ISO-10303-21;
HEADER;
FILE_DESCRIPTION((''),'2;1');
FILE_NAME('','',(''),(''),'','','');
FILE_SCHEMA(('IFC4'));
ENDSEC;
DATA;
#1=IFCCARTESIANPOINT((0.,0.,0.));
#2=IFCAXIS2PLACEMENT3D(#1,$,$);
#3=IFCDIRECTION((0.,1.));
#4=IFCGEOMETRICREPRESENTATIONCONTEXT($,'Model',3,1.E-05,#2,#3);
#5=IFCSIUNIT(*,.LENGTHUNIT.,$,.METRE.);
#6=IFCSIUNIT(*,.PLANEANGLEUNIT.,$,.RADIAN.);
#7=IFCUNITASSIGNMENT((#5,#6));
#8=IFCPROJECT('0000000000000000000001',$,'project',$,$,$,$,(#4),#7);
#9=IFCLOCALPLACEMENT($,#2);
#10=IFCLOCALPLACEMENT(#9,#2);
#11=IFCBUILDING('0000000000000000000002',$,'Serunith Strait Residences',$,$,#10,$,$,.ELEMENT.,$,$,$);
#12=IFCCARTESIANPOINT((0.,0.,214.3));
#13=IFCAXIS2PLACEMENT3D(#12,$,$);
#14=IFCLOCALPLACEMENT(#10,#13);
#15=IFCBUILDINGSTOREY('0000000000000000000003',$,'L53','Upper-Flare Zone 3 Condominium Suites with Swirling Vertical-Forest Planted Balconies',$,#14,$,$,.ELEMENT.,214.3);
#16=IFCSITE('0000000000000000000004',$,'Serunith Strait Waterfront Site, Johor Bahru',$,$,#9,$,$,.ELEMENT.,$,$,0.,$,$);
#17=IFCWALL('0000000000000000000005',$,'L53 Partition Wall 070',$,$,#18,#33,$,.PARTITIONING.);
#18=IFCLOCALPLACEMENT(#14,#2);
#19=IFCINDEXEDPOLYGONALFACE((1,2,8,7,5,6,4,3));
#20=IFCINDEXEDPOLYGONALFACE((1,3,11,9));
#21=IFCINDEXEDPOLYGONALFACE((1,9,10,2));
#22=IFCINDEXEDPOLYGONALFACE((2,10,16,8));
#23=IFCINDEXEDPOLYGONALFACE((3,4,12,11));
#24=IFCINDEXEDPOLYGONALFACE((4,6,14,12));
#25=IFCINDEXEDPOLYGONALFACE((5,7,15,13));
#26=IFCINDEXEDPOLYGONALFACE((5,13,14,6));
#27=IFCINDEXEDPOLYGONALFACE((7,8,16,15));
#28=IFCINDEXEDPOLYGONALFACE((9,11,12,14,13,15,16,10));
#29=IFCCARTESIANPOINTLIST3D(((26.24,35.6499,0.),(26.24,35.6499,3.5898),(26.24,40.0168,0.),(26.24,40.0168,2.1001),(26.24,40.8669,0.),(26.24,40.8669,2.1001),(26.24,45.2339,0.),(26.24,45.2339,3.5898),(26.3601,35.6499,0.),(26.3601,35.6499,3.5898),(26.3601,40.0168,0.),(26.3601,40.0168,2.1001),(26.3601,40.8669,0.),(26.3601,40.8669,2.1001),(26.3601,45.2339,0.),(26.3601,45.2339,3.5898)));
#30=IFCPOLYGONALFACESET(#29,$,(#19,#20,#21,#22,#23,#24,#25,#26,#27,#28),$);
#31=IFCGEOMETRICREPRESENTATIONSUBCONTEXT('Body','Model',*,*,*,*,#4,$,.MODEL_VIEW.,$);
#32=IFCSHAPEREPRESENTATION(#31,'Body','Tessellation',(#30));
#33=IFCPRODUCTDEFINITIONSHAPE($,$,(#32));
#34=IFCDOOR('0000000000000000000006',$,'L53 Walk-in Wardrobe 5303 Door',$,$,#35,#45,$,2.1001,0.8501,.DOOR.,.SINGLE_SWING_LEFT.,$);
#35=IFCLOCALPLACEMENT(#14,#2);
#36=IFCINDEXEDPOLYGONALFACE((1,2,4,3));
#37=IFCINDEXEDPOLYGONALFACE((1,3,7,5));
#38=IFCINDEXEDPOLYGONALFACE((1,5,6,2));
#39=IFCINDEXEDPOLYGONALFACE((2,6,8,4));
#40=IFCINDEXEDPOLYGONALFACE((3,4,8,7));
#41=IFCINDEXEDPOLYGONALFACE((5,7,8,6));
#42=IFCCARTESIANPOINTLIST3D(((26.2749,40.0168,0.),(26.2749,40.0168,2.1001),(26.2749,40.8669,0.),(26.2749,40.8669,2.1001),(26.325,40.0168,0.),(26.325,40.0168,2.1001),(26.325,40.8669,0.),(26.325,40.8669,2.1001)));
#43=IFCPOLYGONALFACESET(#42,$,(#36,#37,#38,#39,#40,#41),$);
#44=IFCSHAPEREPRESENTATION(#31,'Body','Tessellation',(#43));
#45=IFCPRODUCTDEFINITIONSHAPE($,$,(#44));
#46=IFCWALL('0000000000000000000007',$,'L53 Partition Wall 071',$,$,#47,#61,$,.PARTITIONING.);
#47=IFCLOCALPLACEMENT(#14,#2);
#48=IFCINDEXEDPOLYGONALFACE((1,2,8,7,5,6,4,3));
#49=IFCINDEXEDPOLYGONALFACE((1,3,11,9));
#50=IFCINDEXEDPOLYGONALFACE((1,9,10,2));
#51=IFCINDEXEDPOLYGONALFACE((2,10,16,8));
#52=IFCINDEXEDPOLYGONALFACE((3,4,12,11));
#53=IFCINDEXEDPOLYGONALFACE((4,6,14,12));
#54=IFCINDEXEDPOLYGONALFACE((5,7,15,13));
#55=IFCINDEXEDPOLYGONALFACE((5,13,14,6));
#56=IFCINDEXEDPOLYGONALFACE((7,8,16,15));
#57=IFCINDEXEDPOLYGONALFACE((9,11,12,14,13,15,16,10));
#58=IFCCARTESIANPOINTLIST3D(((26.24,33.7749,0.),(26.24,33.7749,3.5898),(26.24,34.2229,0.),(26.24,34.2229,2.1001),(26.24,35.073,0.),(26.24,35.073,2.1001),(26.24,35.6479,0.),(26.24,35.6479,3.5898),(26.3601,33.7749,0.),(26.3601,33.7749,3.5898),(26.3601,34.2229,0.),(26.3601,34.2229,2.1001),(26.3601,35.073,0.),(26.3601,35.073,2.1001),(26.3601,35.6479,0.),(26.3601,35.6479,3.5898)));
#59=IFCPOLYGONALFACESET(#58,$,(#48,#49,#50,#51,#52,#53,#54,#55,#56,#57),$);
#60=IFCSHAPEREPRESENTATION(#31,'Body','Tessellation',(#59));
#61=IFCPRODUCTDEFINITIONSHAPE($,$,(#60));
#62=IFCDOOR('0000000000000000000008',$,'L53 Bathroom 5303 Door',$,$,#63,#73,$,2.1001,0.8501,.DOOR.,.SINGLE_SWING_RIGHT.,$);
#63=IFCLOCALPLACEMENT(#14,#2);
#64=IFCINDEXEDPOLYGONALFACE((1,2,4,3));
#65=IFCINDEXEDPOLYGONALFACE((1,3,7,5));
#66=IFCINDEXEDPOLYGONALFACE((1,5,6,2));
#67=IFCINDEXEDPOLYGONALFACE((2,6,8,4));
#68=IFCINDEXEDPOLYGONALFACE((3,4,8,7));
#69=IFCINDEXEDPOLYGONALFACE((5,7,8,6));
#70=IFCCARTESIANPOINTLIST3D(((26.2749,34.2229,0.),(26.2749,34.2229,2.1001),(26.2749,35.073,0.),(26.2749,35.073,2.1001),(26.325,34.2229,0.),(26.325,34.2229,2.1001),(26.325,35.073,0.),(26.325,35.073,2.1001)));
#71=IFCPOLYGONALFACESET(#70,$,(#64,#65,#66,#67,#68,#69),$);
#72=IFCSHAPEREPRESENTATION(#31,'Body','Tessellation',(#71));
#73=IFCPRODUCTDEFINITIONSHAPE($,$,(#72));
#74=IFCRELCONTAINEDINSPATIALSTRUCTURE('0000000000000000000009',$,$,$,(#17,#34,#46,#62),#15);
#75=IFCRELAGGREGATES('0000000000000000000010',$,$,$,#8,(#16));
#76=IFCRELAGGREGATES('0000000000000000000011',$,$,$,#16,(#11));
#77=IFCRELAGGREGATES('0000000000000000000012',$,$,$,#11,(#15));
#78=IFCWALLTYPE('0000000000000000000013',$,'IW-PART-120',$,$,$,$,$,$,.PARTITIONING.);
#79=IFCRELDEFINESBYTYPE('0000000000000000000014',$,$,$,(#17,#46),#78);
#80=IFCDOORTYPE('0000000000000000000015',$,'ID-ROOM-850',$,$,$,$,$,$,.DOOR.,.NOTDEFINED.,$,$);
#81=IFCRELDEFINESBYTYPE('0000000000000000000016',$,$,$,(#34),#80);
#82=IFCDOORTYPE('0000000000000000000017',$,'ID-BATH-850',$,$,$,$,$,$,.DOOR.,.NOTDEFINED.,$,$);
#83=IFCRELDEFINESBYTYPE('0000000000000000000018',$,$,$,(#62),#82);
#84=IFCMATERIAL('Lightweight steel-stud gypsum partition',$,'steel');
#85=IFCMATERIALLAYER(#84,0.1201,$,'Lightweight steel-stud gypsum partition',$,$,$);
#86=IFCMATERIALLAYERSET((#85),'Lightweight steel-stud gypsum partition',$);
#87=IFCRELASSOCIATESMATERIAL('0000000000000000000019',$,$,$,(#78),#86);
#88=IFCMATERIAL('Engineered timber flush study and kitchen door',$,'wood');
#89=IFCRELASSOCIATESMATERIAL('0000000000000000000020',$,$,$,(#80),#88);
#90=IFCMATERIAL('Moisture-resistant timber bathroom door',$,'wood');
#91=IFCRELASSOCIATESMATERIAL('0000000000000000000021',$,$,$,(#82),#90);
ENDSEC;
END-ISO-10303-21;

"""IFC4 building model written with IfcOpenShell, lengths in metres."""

from ifc_helpers import new_model, si_unit, direction, frame, frame_2d, origin, place, context, subcontext, project, spatial, rectangle, extrude, source, transform, mapped, material, layer, layer_set, type_object, element, fill, save


model = new_model("IFC4")

# Units and contexts
model_context = context("Model", 3, precision=1e-05, world=origin(), true_north=direction((0.0, 1.0)))
body_context = subcontext(model_context, "Body", "Model", "MODEL_VIEW")
ifc_project = project(units=[si_unit("LENGTHUNIT", "METRE"), si_unit("PLANEANGLEUNIT", "RADIAN")], contexts=[model_context])

# Site, building, storey
site_placement = place(None, origin())
site = spatial("IfcSite", under=ifc_project, at=site_placement, Name="Serunith Strait Waterfront Site, Johor Bahru", CompositionType="ELEMENT", RefElevation=0.0)
building_placement = place(site_placement, origin())
building = spatial("IfcBuilding", under=site, at=building_placement, Name="Serunith Strait Residences", CompositionType="ELEMENT")
storey_placement = place(building_placement, frame((0.0, 0.0, 214.3)))
storey = spatial("IfcBuildingStorey", under=building, at=storey_placement, Name="L53", Description="Upper-Flare Zone 3 Condominium Suites with Swirling Vertical-Forest Planted Balconies", CompositionType="ELEMENT", Elevation=214.3)

# Shared definitions
ifc_material_1 = material(Name="Lightweight steel-stud gypsum partition", Category="steel")
ifc_layer_1 = layer(ifc_material_1, 0.1201, Name="Lightweight steel-stud gypsum partition")
ifc_layer_set_1 = layer_set([ifc_layer_1], Name="Lightweight steel-stud gypsum partition")
wall_type_1 = type_object("IfcWallType", Name="IW-PART-120", PredefinedType="PARTITIONING", material=ifc_layer_set_1)

# Walls, openings, doors
wall_1_placement = place(storey_placement, frame((26.3, 45.2339, 0.0), z_axis=(0.0, 0.0, 1.0), x_axis=(0.0, -1.0, 0.0)))
wall_1 = element("IfcWall", 1, at=wall_1_placement, inside=storey, type_object=wall_type_1, Name="L53 Partition Wall 070", PredefinedType="PARTITIONING", context=body_context, shape_type="SweptSolid", body=[
    extrude(rectangle(XDim=9.584, YDim=0.1201, at=frame_2d((4.792, 0.0))), origin(), (0.0, 0.0, 1.0), 3.5898),
])
opening_1_placement = place(wall_1_placement, frame((4.3669, 0.0, 0.0)))
opening_1 = element("IfcOpeningElement", 2, at=opening_1_placement, cuts=wall_1, PredefinedType="OPENING", context=body_context, shape_type="SweptSolid", body=[
    extrude(rectangle(XDim=0.8501, YDim=2.1001, at=frame_2d((0.425, 1.05))), frame((0.0, 0.0701, 0.0), z_axis=(0.0, -1.0, 0.0), x_axis=(1.0, 0.0, 0.0)), (0.0, 0.0, 1.0), 0.1401),
])
ifc_material_2 = material(Name="Engineered timber flush study and kitchen door", Category="wood")
door_type_1 = type_object("IfcDoorType", Name="ID-ROOM-850", OperationType="NOTDEFINED", PredefinedType="DOOR", material=ifc_material_2)
shared_shape_1 = source(origin(), body_context, "Body", "SweptSolid", [
    extrude(rectangle(XDim=0.8501, YDim=2.1001, at=frame_2d((0.425, 1.05))), frame((0.0, 0.0249, 0.0), z_axis=(0.0, -1.0, 0.0), x_axis=(1.0, 0.0, 0.0)), (0.0, 0.0, 1.0), 0.05),
])
door_1_placement = place(opening_1_placement, origin())
door_1 = element("IfcDoor", 3, at=door_1_placement, inside=storey, type_object=door_type_1, Name="L53 Walk-in Wardrobe 5303 Door", OperationType="SINGLE_SWING_LEFT", OverallHeight=2.1001, OverallWidth=0.8501, PredefinedType="DOOR", context=body_context, shape_type="MappedRepresentation", body=[
    mapped(shared_shape_1, transform((0.0, 0.0, 0.0), scale=1.0)),
])
fill(opening_1, door_1)
wall_2_placement = place(storey_placement, frame((26.3, 35.6479, 0.0), z_axis=(0.0, 0.0, 1.0), x_axis=(0.0, -1.0, 0.0)))
wall_2 = element("IfcWall", 4, at=wall_2_placement, inside=storey, type_object=wall_type_1, Name="L53 Partition Wall 071", PredefinedType="PARTITIONING", context=body_context, shape_type="SweptSolid", body=[
    extrude(rectangle(XDim=1.873, YDim=0.1201, at=frame_2d((0.9365, 0.0))), origin(), (0.0, 0.0, 1.0), 3.5898),
])
opening_2_placement = place(wall_2_placement, frame((0.575, 0.0, 0.0)))
opening_2 = element("IfcOpeningElement", 5, at=opening_2_placement, cuts=wall_2, PredefinedType="OPENING", context=body_context, shape_type="SweptSolid", body=[
    extrude(rectangle(XDim=0.8501, YDim=2.1001, at=frame_2d((0.425, 1.05))), frame((0.0, 0.0701, 0.0), z_axis=(0.0, -1.0, 0.0), x_axis=(1.0, 0.0, 0.0)), (0.0, 0.0, 1.0), 0.1401),
])
ifc_material_3 = material(Name="Moisture-resistant timber bathroom door", Category="wood")
door_type_2 = type_object("IfcDoorType", Name="ID-BATH-850", OperationType="NOTDEFINED", PredefinedType="DOOR", material=ifc_material_3)
door_2_placement = place(opening_2_placement, origin())
door_2 = element("IfcDoor", 6, at=door_2_placement, inside=storey, type_object=door_type_2, Name="L53 Bathroom 5303 Door", OperationType="SINGLE_SWING_RIGHT", OverallHeight=2.1001, OverallWidth=0.8501, PredefinedType="DOOR", context=body_context, shape_type="MappedRepresentation", body=[
    mapped(shared_shape_1, transform((0.0, 0.0, 0.0), scale=1.0)),
])
fill(opening_2, door_2)

save(model, "model.ifc")
